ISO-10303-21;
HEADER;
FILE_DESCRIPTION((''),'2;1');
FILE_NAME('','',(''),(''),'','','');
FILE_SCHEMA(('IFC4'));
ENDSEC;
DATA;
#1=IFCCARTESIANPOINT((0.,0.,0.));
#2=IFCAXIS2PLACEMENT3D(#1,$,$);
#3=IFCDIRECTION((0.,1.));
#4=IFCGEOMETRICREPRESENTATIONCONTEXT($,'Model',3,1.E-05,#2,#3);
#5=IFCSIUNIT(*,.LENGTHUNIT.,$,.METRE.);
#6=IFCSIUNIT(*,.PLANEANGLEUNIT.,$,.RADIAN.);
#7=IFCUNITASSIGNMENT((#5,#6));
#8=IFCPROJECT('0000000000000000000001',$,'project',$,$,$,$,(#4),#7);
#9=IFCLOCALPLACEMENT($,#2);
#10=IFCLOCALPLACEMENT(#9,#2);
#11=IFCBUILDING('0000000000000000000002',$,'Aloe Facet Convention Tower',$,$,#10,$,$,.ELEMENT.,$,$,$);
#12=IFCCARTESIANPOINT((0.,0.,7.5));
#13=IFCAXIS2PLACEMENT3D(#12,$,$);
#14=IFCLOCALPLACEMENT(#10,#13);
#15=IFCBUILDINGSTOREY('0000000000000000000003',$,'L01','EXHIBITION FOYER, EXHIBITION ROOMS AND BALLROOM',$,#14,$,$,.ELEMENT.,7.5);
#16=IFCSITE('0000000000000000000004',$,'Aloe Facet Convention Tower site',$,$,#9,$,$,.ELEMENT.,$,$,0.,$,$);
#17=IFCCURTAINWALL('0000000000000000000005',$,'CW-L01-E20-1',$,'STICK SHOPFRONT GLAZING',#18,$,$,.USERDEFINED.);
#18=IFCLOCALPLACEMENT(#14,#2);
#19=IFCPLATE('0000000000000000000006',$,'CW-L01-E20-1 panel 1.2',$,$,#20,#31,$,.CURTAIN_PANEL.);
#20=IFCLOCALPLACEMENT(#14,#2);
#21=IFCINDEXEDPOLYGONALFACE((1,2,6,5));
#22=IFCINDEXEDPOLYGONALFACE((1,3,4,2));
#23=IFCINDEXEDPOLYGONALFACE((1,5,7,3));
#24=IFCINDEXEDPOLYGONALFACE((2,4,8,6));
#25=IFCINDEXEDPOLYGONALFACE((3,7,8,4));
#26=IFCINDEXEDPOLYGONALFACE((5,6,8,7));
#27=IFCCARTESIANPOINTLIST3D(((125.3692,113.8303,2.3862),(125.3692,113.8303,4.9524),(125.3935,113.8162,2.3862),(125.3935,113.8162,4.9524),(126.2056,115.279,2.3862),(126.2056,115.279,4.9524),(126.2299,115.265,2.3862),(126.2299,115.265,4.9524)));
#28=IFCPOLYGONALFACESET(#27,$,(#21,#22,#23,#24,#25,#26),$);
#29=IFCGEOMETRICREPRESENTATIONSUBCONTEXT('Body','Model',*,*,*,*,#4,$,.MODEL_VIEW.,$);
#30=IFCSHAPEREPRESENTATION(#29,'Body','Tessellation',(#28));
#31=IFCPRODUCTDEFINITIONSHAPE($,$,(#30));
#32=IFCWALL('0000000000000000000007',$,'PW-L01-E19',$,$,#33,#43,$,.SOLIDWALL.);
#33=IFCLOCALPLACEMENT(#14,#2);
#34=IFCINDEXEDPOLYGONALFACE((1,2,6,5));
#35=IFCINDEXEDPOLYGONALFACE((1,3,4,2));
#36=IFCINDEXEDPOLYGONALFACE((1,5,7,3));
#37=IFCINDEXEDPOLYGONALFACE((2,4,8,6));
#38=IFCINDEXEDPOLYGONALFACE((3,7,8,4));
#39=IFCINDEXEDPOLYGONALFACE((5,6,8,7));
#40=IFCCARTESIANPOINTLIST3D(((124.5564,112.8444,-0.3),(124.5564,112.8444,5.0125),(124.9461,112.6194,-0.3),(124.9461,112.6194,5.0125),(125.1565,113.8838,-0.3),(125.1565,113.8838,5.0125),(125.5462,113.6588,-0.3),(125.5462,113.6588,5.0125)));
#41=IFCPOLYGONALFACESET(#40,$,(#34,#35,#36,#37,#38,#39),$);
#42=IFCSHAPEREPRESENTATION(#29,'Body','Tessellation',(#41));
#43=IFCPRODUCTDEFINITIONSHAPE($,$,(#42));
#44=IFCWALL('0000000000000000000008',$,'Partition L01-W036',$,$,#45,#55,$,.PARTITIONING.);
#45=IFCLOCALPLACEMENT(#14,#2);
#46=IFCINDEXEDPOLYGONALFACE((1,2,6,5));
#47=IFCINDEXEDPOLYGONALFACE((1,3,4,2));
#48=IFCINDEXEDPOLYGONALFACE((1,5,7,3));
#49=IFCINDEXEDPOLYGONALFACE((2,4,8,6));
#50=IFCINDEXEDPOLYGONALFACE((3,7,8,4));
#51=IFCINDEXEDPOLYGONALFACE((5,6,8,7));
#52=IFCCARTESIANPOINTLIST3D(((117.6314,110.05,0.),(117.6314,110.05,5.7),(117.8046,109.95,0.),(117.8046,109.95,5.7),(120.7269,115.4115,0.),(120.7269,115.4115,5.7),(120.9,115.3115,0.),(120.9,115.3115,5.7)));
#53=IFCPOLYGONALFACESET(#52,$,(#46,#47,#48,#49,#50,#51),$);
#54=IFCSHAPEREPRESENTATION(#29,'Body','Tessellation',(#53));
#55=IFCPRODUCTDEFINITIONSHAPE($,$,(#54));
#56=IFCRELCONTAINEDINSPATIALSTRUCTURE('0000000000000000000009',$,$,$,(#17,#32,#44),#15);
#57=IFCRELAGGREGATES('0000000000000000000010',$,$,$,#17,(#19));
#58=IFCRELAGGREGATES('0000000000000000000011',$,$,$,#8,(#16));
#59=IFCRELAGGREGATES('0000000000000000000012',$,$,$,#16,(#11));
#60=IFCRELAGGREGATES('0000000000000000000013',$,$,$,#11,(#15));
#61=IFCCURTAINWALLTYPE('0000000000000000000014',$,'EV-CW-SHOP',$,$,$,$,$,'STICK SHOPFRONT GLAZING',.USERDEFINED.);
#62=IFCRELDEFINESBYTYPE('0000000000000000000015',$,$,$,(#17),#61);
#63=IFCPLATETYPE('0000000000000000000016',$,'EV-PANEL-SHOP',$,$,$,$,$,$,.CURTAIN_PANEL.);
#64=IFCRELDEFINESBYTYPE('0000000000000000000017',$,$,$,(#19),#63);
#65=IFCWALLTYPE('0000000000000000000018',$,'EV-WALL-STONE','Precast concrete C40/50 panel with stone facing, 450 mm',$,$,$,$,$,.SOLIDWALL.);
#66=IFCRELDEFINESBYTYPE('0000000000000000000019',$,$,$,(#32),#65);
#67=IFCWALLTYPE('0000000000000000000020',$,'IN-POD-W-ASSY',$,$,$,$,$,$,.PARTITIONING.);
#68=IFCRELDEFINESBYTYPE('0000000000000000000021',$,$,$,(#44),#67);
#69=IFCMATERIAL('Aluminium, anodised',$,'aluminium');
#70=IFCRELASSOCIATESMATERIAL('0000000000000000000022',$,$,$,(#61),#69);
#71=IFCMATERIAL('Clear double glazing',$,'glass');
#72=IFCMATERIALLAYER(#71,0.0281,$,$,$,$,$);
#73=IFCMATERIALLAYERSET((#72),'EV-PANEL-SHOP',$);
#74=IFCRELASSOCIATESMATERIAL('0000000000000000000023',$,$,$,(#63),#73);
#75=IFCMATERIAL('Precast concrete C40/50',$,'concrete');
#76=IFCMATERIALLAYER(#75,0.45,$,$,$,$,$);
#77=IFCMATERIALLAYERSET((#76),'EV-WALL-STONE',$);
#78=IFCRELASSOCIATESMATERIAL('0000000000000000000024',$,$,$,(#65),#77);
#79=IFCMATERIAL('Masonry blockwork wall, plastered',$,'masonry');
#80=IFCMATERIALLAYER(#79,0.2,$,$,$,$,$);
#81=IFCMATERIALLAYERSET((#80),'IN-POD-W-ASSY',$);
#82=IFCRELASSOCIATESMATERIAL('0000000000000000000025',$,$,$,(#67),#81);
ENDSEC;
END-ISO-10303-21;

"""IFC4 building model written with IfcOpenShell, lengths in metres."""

from ifc_helpers import new_model, si_unit, direction, frame, frame_2d, origin, origin_2d, place, context, subcontext, project, spatial, rectangle, extrude, material, layer, layer_set, type_object, element, aggregate, save


model = new_model("IFC4")

# Units and contexts
model_context = context("Model", 3, precision=1e-05, world=origin(), true_north=direction((0.0, 1.0)))
body_context = subcontext(model_context, "Body", "Model", "MODEL_VIEW")
ifc_project = project(units=[si_unit("LENGTHUNIT", "METRE"), si_unit("PLANEANGLEUNIT", "RADIAN")], contexts=[model_context])

# Site, building, storey
site_placement = place(None, origin())
site = spatial("IfcSite", under=ifc_project, at=site_placement, Name="Aloe Facet Convention Tower site", CompositionType="ELEMENT", RefElevation=0.0)
building_placement = place(site_placement, origin())
building = spatial("IfcBuilding", under=site, at=building_placement, Name="Aloe Facet Convention Tower", CompositionType="ELEMENT")
storey_placement = place(building_placement, frame((0.0, 0.0, 7.5)))
storey = spatial("IfcBuildingStorey", under=building, at=storey_placement, Name="L01", Description="EXHIBITION FOYER, EXHIBITION ROOMS AND BALLROOM", CompositionType="ELEMENT", Elevation=7.5)

# Curtain wall
ifc_material_1 = material(Name="Aluminium, anodised", Category="aluminium")
curtain_wall_type = type_object("IfcCurtainWallType", Name="EV-CW-SHOP", ElementType="STICK SHOPFRONT GLAZING", PredefinedType="USERDEFINED", material=ifc_material_1)
curtain_wall_1_placement = place(storey_placement, origin())
curtain_wall_1 = element("IfcCurtainWall", 1, at=curtain_wall_1_placement, inside=storey, type_object=curtain_wall_type, Name="CW-L01-E20-1", ObjectType="STICK SHOPFRONT GLAZING", PredefinedType="USERDEFINED")

# Plate
ifc_material_2 = material(Name="Clear double glazing", Category="glass")
ifc_layer_1 = layer(ifc_material_2, 0.0281)
ifc_layer_set_1 = layer_set([ifc_layer_1], Name="EV-PANEL-SHOP")
plate_type = type_object("IfcPlateType", Name="EV-PANEL-SHOP", PredefinedType="CURTAIN_PANEL", material=ifc_layer_set_1)
plate_1_placement = place(storey_placement, frame((125.7996, 114.5476, 2.3862), z_axis=(0.0, 0.0, 1.0), x_axis=(0.5, 0.866025, 0.0)))
plate_1 = element("IfcPlate", 2, at=plate_1_placement, type_object=plate_type, Name="CW-L01-E20-1 panel 1.2", PredefinedType="CURTAIN_PANEL", context=body_context, shape_type="SweptSolid", body=[
    extrude(rectangle(XDim=1.6729, YDim=0.0281, at=origin_2d()), origin(), (0.0, 0.0, 1.0), 2.5662),
])
aggregate(curtain_wall_1, [plate_1])

# Walls
ifc_material_3 = material(Name="Precast concrete C40/50", Category="concrete")
ifc_layer_2 = layer(ifc_material_3, 0.45)
ifc_layer_set_2 = layer_set([ifc_layer_2], Name="EV-WALL-STONE")
wall_type_1 = type_object("IfcWallType", Name="EV-WALL-STONE", Description="Precast concrete C40/50 panel with stone facing, 450 mm", PredefinedType="SOLIDWALL", material=ifc_layer_set_2)
wall_1_placement = place(storey_placement, frame((124.7512, 112.7319, -0.3), z_axis=(0.0, 0.0, 1.0), x_axis=(0.500034, 0.866006, 0.0)))
element("IfcWall", 3, at=wall_1_placement, inside=storey, type_object=wall_type_1, Name="PW-L01-E19", PredefinedType="SOLIDWALL", context=body_context, shape_type="SweptSolid", body=[
    extrude(rectangle(XDim=1.2002, YDim=0.45, at=frame_2d((0.6001, 0.0))), origin(), (0.0, 0.0, 1.0), 5.3125),
])
ifc_material_4 = material(Name="Masonry blockwork wall, plastered", Category="masonry")
ifc_layer_3 = layer(ifc_material_4, 0.2)
ifc_layer_set_3 = layer_set([ifc_layer_3], Name="IN-POD-W-ASSY")
wall_type_2 = type_object("IfcWallType", Name="IN-POD-W-ASSY", PredefinedType="PARTITIONING", material=ifc_layer_set_3)
wall_2_placement = place(storey_placement, frame((117.718, 110.0, 0.0), z_axis=(0.0, 0.0, 1.0), x_axis=(0.499994, 0.866029, 0.0)))
element("IfcWall", 4, at=wall_2_placement, inside=storey, type_object=wall_type_2, Name="Partition L01-W036", PredefinedType="PARTITIONING", context=body_context, shape_type="SweptSolid", body=[
    extrude(rectangle(XDim=6.1909, YDim=0.2, at=frame_2d((3.0955, 0.0))), origin(), (0.0, 0.0, 1.0), 5.7),
])

save(model, "model.ifc")
